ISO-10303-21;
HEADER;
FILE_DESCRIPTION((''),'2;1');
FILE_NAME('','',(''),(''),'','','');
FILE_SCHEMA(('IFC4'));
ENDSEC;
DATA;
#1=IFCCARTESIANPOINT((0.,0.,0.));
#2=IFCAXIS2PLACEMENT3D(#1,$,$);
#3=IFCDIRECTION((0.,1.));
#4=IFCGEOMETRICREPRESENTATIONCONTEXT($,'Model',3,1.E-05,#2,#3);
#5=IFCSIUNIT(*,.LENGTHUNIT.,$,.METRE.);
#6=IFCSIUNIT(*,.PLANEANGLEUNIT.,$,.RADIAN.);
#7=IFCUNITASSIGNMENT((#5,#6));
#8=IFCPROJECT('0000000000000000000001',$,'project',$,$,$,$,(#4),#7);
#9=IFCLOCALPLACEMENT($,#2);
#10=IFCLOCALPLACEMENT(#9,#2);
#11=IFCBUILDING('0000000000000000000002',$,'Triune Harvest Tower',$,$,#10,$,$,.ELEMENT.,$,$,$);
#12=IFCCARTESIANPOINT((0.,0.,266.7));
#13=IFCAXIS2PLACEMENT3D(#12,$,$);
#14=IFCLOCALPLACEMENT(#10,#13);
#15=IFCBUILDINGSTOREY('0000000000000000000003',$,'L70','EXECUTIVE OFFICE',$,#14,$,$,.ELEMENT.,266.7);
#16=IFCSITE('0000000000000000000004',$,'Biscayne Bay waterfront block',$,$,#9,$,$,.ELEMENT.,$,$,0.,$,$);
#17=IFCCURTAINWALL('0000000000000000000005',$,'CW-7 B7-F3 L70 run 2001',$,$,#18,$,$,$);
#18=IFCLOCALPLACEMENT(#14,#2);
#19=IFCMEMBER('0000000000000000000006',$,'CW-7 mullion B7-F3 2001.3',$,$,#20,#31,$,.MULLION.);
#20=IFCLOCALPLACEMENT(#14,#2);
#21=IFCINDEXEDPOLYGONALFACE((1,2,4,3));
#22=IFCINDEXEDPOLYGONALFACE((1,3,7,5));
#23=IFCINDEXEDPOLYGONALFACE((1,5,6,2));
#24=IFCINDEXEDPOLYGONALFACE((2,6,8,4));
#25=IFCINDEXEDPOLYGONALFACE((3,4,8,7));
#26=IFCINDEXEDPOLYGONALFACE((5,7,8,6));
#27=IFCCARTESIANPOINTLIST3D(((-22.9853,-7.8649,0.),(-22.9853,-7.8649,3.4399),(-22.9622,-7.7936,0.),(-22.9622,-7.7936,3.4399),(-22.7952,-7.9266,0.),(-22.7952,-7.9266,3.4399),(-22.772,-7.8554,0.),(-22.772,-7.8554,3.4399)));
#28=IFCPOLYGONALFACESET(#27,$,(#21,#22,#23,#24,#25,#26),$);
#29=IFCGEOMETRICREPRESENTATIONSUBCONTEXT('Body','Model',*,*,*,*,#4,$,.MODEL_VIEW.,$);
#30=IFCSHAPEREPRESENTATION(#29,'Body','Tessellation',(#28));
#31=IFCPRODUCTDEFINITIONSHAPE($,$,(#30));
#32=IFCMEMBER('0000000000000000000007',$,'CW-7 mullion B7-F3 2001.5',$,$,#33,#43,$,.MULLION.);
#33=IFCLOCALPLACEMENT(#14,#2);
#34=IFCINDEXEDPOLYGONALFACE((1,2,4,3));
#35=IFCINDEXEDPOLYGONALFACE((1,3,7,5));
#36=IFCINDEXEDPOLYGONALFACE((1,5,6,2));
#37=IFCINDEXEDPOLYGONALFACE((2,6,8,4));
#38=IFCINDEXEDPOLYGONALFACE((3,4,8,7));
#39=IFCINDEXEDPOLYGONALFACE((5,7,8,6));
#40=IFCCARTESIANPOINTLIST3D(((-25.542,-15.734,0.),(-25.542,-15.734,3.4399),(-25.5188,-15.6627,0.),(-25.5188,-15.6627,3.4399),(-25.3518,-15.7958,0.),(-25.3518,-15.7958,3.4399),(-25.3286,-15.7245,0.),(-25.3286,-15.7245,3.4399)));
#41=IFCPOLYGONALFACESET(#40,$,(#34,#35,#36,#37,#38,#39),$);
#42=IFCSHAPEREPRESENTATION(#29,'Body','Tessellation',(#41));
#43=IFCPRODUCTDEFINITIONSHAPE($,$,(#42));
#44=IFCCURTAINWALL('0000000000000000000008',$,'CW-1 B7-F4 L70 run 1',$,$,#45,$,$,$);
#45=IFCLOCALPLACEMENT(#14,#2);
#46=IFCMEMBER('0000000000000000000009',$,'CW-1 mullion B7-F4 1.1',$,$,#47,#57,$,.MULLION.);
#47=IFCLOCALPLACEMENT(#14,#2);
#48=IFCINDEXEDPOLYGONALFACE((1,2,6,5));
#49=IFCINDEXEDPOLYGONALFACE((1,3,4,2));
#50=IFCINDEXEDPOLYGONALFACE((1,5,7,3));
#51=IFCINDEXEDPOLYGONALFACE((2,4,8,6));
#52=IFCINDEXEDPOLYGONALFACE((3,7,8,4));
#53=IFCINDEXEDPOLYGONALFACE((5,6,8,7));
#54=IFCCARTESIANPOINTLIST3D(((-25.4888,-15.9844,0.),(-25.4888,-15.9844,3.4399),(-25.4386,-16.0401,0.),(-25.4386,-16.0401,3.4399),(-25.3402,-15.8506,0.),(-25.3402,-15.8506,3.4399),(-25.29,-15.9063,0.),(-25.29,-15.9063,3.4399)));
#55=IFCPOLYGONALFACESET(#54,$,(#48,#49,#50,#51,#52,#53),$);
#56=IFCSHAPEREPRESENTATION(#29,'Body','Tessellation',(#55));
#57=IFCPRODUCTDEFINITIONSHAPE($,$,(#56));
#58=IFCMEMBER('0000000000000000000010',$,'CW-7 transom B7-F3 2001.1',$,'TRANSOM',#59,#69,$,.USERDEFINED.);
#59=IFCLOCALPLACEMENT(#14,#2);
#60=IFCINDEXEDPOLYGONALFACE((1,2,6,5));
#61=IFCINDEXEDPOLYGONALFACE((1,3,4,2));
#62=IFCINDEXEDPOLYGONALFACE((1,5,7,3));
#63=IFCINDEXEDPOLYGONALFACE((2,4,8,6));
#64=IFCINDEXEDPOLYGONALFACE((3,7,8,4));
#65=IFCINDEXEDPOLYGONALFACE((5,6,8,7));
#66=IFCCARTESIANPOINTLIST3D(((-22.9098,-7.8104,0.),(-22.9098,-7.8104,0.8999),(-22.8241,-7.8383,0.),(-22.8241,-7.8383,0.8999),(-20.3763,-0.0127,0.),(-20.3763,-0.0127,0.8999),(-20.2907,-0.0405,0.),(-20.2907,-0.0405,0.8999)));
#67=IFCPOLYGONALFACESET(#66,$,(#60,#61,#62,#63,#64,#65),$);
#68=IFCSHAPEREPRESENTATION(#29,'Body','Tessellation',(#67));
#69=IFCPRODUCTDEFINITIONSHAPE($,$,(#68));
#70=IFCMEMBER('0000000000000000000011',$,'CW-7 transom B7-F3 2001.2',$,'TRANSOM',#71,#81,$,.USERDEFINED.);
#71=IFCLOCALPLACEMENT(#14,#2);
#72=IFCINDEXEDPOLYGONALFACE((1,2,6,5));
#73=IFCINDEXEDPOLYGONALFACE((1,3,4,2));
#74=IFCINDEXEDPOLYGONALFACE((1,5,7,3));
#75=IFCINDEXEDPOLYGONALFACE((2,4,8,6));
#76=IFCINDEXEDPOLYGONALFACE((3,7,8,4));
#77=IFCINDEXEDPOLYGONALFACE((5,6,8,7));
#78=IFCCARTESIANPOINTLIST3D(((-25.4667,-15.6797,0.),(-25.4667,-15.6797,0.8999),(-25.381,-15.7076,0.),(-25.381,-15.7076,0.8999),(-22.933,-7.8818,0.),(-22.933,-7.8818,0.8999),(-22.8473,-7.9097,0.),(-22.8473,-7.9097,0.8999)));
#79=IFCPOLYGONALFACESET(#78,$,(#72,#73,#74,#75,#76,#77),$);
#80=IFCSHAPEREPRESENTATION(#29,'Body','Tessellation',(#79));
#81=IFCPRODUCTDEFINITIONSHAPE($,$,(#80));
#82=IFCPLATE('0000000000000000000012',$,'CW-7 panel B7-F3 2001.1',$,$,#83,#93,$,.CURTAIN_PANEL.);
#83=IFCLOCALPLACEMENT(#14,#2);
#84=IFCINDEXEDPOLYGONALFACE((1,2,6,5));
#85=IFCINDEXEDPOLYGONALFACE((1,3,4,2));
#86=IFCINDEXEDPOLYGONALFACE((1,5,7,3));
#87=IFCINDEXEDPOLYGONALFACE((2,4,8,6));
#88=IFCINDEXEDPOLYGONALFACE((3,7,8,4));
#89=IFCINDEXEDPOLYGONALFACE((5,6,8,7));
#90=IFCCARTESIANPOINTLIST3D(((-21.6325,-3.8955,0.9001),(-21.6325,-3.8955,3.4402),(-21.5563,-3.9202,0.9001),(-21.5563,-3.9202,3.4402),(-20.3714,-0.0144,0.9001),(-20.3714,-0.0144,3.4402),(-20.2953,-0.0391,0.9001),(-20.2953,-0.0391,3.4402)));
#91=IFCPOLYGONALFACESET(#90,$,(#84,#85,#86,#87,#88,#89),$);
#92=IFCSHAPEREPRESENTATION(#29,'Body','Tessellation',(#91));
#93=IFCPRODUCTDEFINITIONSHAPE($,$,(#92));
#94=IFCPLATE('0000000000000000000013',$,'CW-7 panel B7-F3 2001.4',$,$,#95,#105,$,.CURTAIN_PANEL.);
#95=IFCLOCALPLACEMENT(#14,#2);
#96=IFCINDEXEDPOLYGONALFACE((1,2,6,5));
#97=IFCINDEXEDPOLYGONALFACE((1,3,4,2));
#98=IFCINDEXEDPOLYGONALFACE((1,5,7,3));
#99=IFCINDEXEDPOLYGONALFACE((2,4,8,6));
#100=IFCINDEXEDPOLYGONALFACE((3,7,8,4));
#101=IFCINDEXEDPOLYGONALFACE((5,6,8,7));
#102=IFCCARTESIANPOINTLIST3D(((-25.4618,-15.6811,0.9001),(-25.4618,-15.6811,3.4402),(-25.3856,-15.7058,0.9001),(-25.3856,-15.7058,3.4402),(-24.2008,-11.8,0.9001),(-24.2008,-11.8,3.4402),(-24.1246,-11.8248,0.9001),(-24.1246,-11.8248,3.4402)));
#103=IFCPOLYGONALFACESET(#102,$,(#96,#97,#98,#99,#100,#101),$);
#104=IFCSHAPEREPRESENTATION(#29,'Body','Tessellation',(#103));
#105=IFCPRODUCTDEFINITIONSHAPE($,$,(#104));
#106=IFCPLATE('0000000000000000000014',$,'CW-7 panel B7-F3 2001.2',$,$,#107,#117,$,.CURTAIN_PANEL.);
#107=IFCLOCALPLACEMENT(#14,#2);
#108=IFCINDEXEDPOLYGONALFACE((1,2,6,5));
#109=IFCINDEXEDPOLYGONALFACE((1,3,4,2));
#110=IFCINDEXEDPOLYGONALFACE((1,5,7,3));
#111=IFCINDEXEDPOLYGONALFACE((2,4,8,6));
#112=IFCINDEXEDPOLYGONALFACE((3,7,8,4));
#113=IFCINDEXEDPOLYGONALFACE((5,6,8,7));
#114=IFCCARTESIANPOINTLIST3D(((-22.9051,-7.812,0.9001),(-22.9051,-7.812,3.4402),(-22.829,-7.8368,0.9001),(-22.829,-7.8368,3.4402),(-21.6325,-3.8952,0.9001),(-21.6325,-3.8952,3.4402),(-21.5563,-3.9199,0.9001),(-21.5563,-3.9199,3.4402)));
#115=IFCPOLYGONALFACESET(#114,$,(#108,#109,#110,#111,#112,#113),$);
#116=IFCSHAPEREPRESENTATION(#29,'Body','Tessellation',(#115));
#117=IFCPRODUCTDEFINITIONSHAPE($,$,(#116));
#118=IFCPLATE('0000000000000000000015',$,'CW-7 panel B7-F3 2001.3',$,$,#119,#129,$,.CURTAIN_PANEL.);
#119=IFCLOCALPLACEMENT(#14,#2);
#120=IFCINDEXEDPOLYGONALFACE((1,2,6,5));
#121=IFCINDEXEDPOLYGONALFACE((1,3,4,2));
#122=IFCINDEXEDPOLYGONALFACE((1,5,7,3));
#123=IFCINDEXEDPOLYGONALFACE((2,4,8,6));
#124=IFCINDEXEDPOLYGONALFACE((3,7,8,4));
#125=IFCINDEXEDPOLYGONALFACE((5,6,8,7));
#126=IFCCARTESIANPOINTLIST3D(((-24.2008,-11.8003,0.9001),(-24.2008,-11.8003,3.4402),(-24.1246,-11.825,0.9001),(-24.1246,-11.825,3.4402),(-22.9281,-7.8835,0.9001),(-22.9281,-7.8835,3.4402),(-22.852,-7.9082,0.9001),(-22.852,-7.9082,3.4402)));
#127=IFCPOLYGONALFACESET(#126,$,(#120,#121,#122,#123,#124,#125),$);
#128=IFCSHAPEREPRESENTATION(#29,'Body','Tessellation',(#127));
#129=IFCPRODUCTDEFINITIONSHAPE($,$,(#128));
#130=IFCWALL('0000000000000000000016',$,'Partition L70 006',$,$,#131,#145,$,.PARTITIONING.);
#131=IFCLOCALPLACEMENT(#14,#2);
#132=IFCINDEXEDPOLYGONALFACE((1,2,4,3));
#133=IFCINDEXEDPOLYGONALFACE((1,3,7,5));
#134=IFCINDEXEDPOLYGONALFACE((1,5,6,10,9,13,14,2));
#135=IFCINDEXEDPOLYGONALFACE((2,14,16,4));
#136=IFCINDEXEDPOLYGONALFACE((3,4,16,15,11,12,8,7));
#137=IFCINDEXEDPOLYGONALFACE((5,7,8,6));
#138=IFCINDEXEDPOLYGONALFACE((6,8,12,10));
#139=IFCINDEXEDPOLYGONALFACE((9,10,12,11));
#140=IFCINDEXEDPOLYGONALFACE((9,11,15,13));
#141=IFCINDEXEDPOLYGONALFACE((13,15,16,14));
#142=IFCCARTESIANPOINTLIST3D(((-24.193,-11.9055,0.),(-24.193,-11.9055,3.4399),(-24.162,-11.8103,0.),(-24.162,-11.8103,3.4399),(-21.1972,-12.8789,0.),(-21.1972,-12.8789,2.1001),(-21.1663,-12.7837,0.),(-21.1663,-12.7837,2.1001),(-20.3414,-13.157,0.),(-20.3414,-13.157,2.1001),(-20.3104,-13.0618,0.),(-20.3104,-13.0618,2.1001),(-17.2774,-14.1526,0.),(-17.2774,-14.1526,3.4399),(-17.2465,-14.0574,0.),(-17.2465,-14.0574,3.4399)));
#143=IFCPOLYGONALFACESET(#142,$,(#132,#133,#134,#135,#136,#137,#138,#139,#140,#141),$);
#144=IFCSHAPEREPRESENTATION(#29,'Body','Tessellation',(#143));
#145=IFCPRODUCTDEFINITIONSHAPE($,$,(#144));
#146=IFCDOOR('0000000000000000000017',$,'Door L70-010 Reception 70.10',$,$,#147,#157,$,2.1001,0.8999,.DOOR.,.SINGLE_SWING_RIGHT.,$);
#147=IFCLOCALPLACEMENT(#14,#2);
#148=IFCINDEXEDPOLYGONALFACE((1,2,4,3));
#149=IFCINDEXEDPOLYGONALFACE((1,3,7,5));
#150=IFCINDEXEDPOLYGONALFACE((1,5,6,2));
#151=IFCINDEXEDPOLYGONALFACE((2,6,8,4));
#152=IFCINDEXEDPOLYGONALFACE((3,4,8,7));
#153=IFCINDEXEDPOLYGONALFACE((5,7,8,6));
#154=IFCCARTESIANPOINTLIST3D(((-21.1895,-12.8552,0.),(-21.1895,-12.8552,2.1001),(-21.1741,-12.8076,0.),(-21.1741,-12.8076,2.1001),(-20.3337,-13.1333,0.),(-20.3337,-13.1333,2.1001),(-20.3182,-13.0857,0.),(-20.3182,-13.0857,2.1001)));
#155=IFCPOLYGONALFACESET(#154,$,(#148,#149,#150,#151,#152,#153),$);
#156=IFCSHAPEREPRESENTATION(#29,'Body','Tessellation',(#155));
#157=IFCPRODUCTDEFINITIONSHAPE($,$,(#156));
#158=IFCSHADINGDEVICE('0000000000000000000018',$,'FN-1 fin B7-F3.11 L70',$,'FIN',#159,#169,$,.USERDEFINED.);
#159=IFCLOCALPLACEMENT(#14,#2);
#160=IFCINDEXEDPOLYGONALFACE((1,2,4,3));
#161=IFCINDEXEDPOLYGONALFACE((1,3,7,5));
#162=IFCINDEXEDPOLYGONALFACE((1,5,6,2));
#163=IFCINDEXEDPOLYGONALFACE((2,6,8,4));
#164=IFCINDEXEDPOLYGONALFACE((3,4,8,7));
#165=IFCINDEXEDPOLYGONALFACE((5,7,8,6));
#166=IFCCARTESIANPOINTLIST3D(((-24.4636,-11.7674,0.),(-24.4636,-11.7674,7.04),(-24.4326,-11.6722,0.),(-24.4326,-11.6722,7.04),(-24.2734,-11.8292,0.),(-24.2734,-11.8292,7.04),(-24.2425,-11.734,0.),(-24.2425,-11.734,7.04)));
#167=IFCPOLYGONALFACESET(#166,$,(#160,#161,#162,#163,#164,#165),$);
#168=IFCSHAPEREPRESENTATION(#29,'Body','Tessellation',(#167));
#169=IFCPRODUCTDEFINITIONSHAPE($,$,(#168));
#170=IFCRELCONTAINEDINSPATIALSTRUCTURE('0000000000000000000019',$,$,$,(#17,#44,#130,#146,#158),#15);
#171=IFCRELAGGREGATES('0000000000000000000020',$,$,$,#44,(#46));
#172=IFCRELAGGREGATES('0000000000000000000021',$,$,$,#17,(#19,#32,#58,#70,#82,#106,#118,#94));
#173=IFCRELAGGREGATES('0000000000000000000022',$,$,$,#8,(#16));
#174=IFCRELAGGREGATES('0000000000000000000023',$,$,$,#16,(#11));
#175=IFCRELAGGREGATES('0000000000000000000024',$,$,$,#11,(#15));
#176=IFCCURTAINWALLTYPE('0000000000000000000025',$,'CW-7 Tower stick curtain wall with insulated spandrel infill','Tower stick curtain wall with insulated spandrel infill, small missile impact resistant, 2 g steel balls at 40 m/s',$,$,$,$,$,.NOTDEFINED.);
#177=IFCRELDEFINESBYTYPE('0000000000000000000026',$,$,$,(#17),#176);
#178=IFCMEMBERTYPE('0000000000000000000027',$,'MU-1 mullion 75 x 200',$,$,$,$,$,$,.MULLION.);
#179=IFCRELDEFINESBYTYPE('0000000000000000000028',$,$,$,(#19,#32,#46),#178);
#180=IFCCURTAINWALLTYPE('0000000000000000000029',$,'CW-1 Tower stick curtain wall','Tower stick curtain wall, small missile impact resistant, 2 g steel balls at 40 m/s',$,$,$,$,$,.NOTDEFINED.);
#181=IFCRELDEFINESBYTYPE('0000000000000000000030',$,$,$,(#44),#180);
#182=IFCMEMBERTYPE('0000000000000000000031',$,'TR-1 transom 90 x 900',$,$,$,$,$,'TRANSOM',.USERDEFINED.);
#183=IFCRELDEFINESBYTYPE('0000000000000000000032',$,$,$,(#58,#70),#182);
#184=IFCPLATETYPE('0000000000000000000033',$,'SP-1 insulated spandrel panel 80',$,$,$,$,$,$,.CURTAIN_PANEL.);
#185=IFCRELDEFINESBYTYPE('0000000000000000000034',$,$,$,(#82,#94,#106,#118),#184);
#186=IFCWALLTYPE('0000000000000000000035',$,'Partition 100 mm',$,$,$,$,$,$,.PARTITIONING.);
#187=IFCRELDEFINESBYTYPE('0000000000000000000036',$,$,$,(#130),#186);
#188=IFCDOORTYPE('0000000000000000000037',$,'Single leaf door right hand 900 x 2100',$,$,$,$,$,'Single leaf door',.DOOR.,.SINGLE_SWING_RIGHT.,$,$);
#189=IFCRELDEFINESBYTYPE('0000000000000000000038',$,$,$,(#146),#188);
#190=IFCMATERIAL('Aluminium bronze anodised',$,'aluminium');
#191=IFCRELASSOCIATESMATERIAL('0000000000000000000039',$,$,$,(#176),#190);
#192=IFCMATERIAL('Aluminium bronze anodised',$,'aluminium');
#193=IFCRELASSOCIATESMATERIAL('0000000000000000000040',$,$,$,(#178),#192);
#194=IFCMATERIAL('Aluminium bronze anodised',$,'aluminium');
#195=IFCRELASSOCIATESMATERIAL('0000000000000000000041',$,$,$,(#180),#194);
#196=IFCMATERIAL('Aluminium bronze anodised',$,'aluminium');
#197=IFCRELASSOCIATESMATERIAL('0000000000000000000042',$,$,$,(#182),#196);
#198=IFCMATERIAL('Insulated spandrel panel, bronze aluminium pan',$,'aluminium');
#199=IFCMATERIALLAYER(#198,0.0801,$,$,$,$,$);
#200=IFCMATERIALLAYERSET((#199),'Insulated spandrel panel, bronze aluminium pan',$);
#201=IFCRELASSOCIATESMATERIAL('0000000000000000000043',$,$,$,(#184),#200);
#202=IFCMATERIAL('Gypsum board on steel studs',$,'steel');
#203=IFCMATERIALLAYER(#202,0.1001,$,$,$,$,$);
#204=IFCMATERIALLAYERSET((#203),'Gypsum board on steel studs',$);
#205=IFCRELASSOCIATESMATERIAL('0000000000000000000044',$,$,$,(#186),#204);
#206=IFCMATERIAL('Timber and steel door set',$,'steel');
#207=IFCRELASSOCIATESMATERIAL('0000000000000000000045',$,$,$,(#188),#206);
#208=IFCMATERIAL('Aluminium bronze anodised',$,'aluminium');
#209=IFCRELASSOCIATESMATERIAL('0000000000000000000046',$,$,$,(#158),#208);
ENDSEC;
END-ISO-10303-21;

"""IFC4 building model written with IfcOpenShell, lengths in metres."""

from ifc_helpers import new_model, si_unit, direction, frame, frame_2d, origin, origin_2d, place, context, subcontext, project, spatial, rectangle, extrude, source, transform, mapped, material, layer, layer_set, material_profile, profile_set, type_object, element, fill, aggregate, save


model = new_model("IFC4")

# Units and contexts
model_context = context("Model", 3, precision=1e-05, world=origin(), true_north=direction((0.0, 1.0)))
body_context = subcontext(model_context, "Body", "Model", "MODEL_VIEW")
ifc_project = project(units=[si_unit("LENGTHUNIT", "METRE"), si_unit("PLANEANGLEUNIT", "RADIAN")], contexts=[model_context])

# Site, building, storey
site_placement = place(None, origin())
site = spatial("IfcSite", under=ifc_project, at=site_placement, Name="Biscayne Bay waterfront block", CompositionType="ELEMENT", RefElevation=0.0)
building_placement = place(site_placement, origin())
building = spatial("IfcBuilding", under=site, at=building_placement, Name="Triune Harvest Tower", CompositionType="ELEMENT")
storey_placement = place(building_placement, frame((0.0, 0.0, 266.7)))
storey = spatial("IfcBuildingStorey", under=building, at=storey_placement, Name="L70", Description="EXECUTIVE OFFICE", CompositionType="ELEMENT", Elevation=266.7)

# Curtain wall, members
ifc_material_1 = material(Name="Aluminium bronze anodised", Category="aluminium")
curtain_wall_type_1 = type_object("IfcCurtainWallType", Name="CW-7 Tower stick curtain wall with insulated spandrel infill", Description="Tower stick curtain wall with insulated spandrel infill, small missile impact resistant, 2 g steel balls at 40 m/s", PredefinedType="NOTDEFINED", material=ifc_material_1)
curtain_wall_1_placement = place(storey_placement, origin())
curtain_wall_1 = element("IfcCurtainWall", 1, at=curtain_wall_1_placement, inside=storey, type_object=curtain_wall_type_1, Name="CW-7 B7-F3 L70 run 2001")
ifc_material_2 = material(Name="Aluminium bronze anodised", Category="aluminium")
ifc_material_profile_1 = material_profile(ifc_material_2, rectangle(XDim=0.2, YDim=0.075, at=origin_2d()), Name="MU-1 mullion 75 x 200")
ifc_profile_set_1 = profile_set([ifc_material_profile_1], Name="Aluminium bronze anodised")
member_type_1 = type_object("IfcMemberType", Name="MU-1 mullion 75 x 200", PredefinedType="MULLION", material=ifc_profile_set_1)
shared_shape_1 = source(origin(), body_context, "Body", "SweptSolid", [
    extrude(rectangle(XDim=0.2, YDim=0.075, at=origin_2d()), origin(), (0.0, 0.0, 1.0), 3.4399),
])
member_1_placement = place(storey_placement, frame((-22.8787, -7.8601, 0.0), z_axis=(0.0, 0.0, 1.0), x_axis=(0.951058, -0.309014, 0.0)))
member_1 = element("IfcMember", 2, at=member_1_placement, type_object=member_type_1, Name="CW-7 mullion B7-F3 2001.3", PredefinedType="MULLION", context=body_context, shape_type="MappedRepresentation", body=[
    mapped(shared_shape_1, transform((0.0, 0.0, 0.0), scale=1.0)),
])
member_2_placement = place(storey_placement, frame((-25.4353, -15.7292, 0.0), z_axis=(0.0, 0.0, 1.0), x_axis=(0.951058, -0.309014, 0.0)))
member_2 = element("IfcMember", 3, at=member_2_placement, type_object=member_type_1, Name="CW-7 mullion B7-F3 2001.5", PredefinedType="MULLION", context=body_context, shape_type="MappedRepresentation", body=[
    mapped(shared_shape_1, transform((0.0, 0.0, 0.0), scale=1.0)),
])

# Curtain wall, member
ifc_material_3 = material(Name="Aluminium bronze anodised", Category="aluminium")
curtain_wall_type_2 = type_object("IfcCurtainWallType", Name="CW-1 Tower stick curtain wall", Description="Tower stick curtain wall, small missile impact resistant, 2 g steel balls at 40 m/s", PredefinedType="NOTDEFINED", material=ifc_material_3)
curtain_wall_2_placement = place(storey_placement, origin())
curtain_wall_2 = element("IfcCurtainWall", 4, at=curtain_wall_2_placement, inside=storey, type_object=curtain_wall_type_2, Name="CW-1 B7-F4 L70 run 1")
member_3_placement = place(storey_placement, frame((-25.3894, -15.9453, 0.0), z_axis=(0.0, 0.0, 1.0), x_axis=(0.743144, 0.669132, 0.0)))
member_3 = element("IfcMember", 5, at=member_3_placement, type_object=member_type_1, Name="CW-1 mullion B7-F4 1.1", PredefinedType="MULLION", context=body_context, shape_type="MappedRepresentation", body=[
    mapped(shared_shape_1, transform((0.0, 0.0, 0.0), scale=1.0)),
])
aggregate(curtain_wall_2, [member_3])

# Members
ifc_material_4 = material(Name="Aluminium bronze anodised", Category="aluminium")
ifc_material_profile_2 = material_profile(ifc_material_4, rectangle(XDim=0.0901, YDim=0.8999, at=origin_2d()), Name="TR-1 transom 90 x 900")
ifc_profile_set_2 = profile_set([ifc_material_profile_2], Name="Aluminium bronze anodised")
member_type_2 = type_object("IfcMemberType", Name="TR-1 transom 90 x 900", ElementType="TRANSOM", PredefinedType="USERDEFINED", material=ifc_profile_set_2)
shared_shape_2 = source(origin(), body_context, "Body", "SweptSolid", [
    extrude(rectangle(XDim=0.0901, YDim=0.8999, at=origin_2d()), origin(), (0.0, 0.0, 1.0), 8.199),
])
member_4_placement = place(storey_placement, frame((-20.3335, -0.0266, 0.45), z_axis=(-0.308992, -0.951065, 0.0), x_axis=(0.951065, -0.308992, 0.0)))
member_4 = element("IfcMember", 6, at=member_4_placement, type_object=member_type_2, Name="CW-7 transom B7-F3 2001.1", ObjectType="TRANSOM", PredefinedType="USERDEFINED", context=body_context, shape_type="MappedRepresentation", body=[
    mapped(shared_shape_2, transform((0.0, 0.0, 0.0), scale=1.0)),
])
shared_shape_3 = source(origin(), body_context, "Body", "SweptSolid", [
    extrude(rectangle(XDim=0.0901, YDim=0.8999, at=origin_2d()), origin(), (0.0, 0.0, 1.0), 8.1992),
])
member_5_placement = place(storey_placement, frame((-22.8901, -7.8958, 0.45), z_axis=(-0.309019, -0.951056, 0.0), x_axis=(0.951056, -0.309019, 0.0)))
member_5 = element("IfcMember", 7, at=member_5_placement, type_object=member_type_2, Name="CW-7 transom B7-F3 2001.2", ObjectType="TRANSOM", PredefinedType="USERDEFINED", context=body_context, shape_type="MappedRepresentation", body=[
    mapped(shared_shape_3, transform((0.0, 0.0, 0.0), scale=1.0)),
])

# Plates
ifc_material_5 = material(Name="Insulated spandrel panel, bronze aluminium pan", Category="aluminium")
ifc_layer_1 = layer(ifc_material_5, 0.0801)
ifc_layer_set_1 = layer_set([ifc_layer_1], Name="Insulated spandrel panel, bronze aluminium pan")
plate_type = type_object("IfcPlateType", Name="SP-1 insulated spandrel panel 80", PredefinedType="CURTAIN_PANEL", material=ifc_layer_set_1)
shared_shape_4 = source(origin(), body_context, "Body", "SweptSolid", [
    extrude(rectangle(XDim=4.0808, YDim=0.0801, at=origin_2d()), origin(), (0.0, 0.0, 1.0), 2.54),
])
plate_1_placement = place(storey_placement, frame((-20.9639, -1.9673, 0.9001), z_axis=(0.0, 0.0, 1.0), x_axis=(-0.309014, -0.951058, 0.0)))
plate_1 = element("IfcPlate", 8, at=plate_1_placement, type_object=plate_type, Name="CW-7 panel B7-F3 2001.1", PredefinedType="CURTAIN_PANEL", context=body_context, shape_type="MappedRepresentation", body=[
    mapped(shared_shape_4, transform((0.0, 0.0, 0.0), scale=1.0)),
])
plate_2_placement = place(storey_placement, frame((-24.7932, -13.7529, 0.9001), z_axis=(0.0, 0.0, 1.0), x_axis=(-0.309014, -0.951058, 0.0)))
plate_2 = element("IfcPlate", 9, at=plate_2_placement, type_object=plate_type, Name="CW-7 panel B7-F3 2001.4", PredefinedType="CURTAIN_PANEL", context=body_context, shape_type="MappedRepresentation", body=[
    mapped(shared_shape_4, transform((0.0, 0.0, 0.0), scale=1.0)),
])
shared_shape_5 = source(origin(), body_context, "Body", "SweptSolid", [
    extrude(rectangle(XDim=4.1184, YDim=0.0801, at=origin_2d()), origin(), (0.0, 0.0, 1.0), 2.54),
])
plate_3_placement = place(storey_placement, frame((-22.2307, -5.866, 0.9001), z_axis=(0.0, 0.0, 1.0), x_axis=(-0.309014, -0.951058, 0.0)))
plate_3 = element("IfcPlate", 10, at=plate_3_placement, type_object=plate_type, Name="CW-7 panel B7-F3 2001.2", PredefinedType="CURTAIN_PANEL", context=body_context, shape_type="MappedRepresentation", body=[
    mapped(shared_shape_5, transform((0.0, 0.0, 0.0), scale=1.0)),
])
plate_4_placement = place(storey_placement, frame((-23.5264, -9.8542, 0.9001), z_axis=(0.0, 0.0, 1.0), x_axis=(-0.309014, -0.951058, 0.0)))
plate_4 = element("IfcPlate", 11, at=plate_4_placement, type_object=plate_type, Name="CW-7 panel B7-F3 2001.3", PredefinedType="CURTAIN_PANEL", context=body_context, shape_type="MappedRepresentation", body=[
    mapped(shared_shape_5, transform((0.0, 0.0, 0.0), scale=1.0)),
])
aggregate(curtain_wall_1, [member_1, member_2, member_4, member_5, plate_1, plate_3, plate_4, plate_2])

# Wall, opening, door
ifc_material_6 = material(Name="Gypsum board on steel studs", Category="steel")
ifc_layer_2 = layer(ifc_material_6, 0.1001)
ifc_layer_set_2 = layer_set([ifc_layer_2], Name="Gypsum board on steel studs")
wall_type = type_object("IfcWallType", Name="Partition 100 mm", PredefinedType="PARTITIONING", material=ifc_layer_set_2)
wall_placement = place(storey_placement, frame((-24.1775, -11.8579, 0.0), z_axis=(0.0, 0.0, 1.0), x_axis=(0.951053, -0.309027, 0.0)))
wall = element("IfcWall", 12, at=wall_placement, inside=storey, type_object=wall_type, Name="Partition L70 006", PredefinedType="PARTITIONING", context=body_context, shape_type="SweptSolid", body=[
    extrude(rectangle(XDim=7.2715, YDim=0.1001, at=frame_2d((3.6357, 0.0))), origin(), (0.0, 0.0, 1.0), 3.4399),
])
opening_placement = place(wall_placement, frame((3.1499, 0.0, 0.0)))
opening = element("IfcOpeningElement", 13, at=opening_placement, cuts=wall, PredefinedType="OPENING", context=body_context, shape_type="SweptSolid", body=[
    extrude(rectangle(XDim=0.8999, YDim=2.1001, at=frame_2d((0.45, 1.05))), frame((0.0, 0.0601, 0.0), z_axis=(0.0, -1.0, 0.0), x_axis=(1.0, 0.0, 0.0)), (0.0, 0.0, 1.0), 0.1201),
])
ifc_material_7 = material(Name="Timber and steel door set", Category="steel")
door_type = type_object("IfcDoorType", Name="Single leaf door right hand 900 x 2100", ElementType="Single leaf door", OperationType="SINGLE_SWING_RIGHT", PredefinedType="DOOR", material=ifc_material_7)
door_placement = place(opening_placement, origin())
door = element("IfcDoor", 14, at=door_placement, inside=storey, type_object=door_type, Name="Door L70-010 Reception 70.10", OperationType="SINGLE_SWING_RIGHT", OverallHeight=2.1001, OverallWidth=0.8999, PredefinedType="DOOR", context=body_context, shape_type="SweptSolid", body=[
    extrude(rectangle(XDim=0.8999, YDim=2.1001, at=frame_2d((0.45, 1.05))), frame((0.0, 0.0249, 0.0), z_axis=(0.0, -1.0, 0.0), x_axis=(1.0, 0.0, 0.0)), (0.0, 0.0, 1.0), 0.05),
])
fill(opening, door)

# Shading device
ifc_material_8 = material(Name="Aluminium bronze anodised", Category="aluminium")
shared_shape_6 = source(origin(), body_context, "Body", "SweptSolid", [
    extrude(rectangle(XDim=0.1001, YDim=0.2, at=origin_2d()), origin(), (0.0, 0.0, 1.0), 7.04),
])
shading_device_1_placement = place(storey_placement, frame((-24.353, -11.7507, 0.0), z_axis=(0.0, 0.0, 1.0), x_axis=(-0.309016, -0.951057, 0.0)))
element("IfcShadingDevice", 15, at=shading_device_1_placement, inside=storey, material=ifc_material_8, Name="FN-1 fin B7-F3.11 L70", ObjectType="FIN", PredefinedType="USERDEFINED", context=body_context, shape_type="MappedRepresentation", body=[
    mapped(shared_shape_6, transform((0.0, 0.0, 0.0), scale=1.0)),
])

save(model, "model.ifc")
